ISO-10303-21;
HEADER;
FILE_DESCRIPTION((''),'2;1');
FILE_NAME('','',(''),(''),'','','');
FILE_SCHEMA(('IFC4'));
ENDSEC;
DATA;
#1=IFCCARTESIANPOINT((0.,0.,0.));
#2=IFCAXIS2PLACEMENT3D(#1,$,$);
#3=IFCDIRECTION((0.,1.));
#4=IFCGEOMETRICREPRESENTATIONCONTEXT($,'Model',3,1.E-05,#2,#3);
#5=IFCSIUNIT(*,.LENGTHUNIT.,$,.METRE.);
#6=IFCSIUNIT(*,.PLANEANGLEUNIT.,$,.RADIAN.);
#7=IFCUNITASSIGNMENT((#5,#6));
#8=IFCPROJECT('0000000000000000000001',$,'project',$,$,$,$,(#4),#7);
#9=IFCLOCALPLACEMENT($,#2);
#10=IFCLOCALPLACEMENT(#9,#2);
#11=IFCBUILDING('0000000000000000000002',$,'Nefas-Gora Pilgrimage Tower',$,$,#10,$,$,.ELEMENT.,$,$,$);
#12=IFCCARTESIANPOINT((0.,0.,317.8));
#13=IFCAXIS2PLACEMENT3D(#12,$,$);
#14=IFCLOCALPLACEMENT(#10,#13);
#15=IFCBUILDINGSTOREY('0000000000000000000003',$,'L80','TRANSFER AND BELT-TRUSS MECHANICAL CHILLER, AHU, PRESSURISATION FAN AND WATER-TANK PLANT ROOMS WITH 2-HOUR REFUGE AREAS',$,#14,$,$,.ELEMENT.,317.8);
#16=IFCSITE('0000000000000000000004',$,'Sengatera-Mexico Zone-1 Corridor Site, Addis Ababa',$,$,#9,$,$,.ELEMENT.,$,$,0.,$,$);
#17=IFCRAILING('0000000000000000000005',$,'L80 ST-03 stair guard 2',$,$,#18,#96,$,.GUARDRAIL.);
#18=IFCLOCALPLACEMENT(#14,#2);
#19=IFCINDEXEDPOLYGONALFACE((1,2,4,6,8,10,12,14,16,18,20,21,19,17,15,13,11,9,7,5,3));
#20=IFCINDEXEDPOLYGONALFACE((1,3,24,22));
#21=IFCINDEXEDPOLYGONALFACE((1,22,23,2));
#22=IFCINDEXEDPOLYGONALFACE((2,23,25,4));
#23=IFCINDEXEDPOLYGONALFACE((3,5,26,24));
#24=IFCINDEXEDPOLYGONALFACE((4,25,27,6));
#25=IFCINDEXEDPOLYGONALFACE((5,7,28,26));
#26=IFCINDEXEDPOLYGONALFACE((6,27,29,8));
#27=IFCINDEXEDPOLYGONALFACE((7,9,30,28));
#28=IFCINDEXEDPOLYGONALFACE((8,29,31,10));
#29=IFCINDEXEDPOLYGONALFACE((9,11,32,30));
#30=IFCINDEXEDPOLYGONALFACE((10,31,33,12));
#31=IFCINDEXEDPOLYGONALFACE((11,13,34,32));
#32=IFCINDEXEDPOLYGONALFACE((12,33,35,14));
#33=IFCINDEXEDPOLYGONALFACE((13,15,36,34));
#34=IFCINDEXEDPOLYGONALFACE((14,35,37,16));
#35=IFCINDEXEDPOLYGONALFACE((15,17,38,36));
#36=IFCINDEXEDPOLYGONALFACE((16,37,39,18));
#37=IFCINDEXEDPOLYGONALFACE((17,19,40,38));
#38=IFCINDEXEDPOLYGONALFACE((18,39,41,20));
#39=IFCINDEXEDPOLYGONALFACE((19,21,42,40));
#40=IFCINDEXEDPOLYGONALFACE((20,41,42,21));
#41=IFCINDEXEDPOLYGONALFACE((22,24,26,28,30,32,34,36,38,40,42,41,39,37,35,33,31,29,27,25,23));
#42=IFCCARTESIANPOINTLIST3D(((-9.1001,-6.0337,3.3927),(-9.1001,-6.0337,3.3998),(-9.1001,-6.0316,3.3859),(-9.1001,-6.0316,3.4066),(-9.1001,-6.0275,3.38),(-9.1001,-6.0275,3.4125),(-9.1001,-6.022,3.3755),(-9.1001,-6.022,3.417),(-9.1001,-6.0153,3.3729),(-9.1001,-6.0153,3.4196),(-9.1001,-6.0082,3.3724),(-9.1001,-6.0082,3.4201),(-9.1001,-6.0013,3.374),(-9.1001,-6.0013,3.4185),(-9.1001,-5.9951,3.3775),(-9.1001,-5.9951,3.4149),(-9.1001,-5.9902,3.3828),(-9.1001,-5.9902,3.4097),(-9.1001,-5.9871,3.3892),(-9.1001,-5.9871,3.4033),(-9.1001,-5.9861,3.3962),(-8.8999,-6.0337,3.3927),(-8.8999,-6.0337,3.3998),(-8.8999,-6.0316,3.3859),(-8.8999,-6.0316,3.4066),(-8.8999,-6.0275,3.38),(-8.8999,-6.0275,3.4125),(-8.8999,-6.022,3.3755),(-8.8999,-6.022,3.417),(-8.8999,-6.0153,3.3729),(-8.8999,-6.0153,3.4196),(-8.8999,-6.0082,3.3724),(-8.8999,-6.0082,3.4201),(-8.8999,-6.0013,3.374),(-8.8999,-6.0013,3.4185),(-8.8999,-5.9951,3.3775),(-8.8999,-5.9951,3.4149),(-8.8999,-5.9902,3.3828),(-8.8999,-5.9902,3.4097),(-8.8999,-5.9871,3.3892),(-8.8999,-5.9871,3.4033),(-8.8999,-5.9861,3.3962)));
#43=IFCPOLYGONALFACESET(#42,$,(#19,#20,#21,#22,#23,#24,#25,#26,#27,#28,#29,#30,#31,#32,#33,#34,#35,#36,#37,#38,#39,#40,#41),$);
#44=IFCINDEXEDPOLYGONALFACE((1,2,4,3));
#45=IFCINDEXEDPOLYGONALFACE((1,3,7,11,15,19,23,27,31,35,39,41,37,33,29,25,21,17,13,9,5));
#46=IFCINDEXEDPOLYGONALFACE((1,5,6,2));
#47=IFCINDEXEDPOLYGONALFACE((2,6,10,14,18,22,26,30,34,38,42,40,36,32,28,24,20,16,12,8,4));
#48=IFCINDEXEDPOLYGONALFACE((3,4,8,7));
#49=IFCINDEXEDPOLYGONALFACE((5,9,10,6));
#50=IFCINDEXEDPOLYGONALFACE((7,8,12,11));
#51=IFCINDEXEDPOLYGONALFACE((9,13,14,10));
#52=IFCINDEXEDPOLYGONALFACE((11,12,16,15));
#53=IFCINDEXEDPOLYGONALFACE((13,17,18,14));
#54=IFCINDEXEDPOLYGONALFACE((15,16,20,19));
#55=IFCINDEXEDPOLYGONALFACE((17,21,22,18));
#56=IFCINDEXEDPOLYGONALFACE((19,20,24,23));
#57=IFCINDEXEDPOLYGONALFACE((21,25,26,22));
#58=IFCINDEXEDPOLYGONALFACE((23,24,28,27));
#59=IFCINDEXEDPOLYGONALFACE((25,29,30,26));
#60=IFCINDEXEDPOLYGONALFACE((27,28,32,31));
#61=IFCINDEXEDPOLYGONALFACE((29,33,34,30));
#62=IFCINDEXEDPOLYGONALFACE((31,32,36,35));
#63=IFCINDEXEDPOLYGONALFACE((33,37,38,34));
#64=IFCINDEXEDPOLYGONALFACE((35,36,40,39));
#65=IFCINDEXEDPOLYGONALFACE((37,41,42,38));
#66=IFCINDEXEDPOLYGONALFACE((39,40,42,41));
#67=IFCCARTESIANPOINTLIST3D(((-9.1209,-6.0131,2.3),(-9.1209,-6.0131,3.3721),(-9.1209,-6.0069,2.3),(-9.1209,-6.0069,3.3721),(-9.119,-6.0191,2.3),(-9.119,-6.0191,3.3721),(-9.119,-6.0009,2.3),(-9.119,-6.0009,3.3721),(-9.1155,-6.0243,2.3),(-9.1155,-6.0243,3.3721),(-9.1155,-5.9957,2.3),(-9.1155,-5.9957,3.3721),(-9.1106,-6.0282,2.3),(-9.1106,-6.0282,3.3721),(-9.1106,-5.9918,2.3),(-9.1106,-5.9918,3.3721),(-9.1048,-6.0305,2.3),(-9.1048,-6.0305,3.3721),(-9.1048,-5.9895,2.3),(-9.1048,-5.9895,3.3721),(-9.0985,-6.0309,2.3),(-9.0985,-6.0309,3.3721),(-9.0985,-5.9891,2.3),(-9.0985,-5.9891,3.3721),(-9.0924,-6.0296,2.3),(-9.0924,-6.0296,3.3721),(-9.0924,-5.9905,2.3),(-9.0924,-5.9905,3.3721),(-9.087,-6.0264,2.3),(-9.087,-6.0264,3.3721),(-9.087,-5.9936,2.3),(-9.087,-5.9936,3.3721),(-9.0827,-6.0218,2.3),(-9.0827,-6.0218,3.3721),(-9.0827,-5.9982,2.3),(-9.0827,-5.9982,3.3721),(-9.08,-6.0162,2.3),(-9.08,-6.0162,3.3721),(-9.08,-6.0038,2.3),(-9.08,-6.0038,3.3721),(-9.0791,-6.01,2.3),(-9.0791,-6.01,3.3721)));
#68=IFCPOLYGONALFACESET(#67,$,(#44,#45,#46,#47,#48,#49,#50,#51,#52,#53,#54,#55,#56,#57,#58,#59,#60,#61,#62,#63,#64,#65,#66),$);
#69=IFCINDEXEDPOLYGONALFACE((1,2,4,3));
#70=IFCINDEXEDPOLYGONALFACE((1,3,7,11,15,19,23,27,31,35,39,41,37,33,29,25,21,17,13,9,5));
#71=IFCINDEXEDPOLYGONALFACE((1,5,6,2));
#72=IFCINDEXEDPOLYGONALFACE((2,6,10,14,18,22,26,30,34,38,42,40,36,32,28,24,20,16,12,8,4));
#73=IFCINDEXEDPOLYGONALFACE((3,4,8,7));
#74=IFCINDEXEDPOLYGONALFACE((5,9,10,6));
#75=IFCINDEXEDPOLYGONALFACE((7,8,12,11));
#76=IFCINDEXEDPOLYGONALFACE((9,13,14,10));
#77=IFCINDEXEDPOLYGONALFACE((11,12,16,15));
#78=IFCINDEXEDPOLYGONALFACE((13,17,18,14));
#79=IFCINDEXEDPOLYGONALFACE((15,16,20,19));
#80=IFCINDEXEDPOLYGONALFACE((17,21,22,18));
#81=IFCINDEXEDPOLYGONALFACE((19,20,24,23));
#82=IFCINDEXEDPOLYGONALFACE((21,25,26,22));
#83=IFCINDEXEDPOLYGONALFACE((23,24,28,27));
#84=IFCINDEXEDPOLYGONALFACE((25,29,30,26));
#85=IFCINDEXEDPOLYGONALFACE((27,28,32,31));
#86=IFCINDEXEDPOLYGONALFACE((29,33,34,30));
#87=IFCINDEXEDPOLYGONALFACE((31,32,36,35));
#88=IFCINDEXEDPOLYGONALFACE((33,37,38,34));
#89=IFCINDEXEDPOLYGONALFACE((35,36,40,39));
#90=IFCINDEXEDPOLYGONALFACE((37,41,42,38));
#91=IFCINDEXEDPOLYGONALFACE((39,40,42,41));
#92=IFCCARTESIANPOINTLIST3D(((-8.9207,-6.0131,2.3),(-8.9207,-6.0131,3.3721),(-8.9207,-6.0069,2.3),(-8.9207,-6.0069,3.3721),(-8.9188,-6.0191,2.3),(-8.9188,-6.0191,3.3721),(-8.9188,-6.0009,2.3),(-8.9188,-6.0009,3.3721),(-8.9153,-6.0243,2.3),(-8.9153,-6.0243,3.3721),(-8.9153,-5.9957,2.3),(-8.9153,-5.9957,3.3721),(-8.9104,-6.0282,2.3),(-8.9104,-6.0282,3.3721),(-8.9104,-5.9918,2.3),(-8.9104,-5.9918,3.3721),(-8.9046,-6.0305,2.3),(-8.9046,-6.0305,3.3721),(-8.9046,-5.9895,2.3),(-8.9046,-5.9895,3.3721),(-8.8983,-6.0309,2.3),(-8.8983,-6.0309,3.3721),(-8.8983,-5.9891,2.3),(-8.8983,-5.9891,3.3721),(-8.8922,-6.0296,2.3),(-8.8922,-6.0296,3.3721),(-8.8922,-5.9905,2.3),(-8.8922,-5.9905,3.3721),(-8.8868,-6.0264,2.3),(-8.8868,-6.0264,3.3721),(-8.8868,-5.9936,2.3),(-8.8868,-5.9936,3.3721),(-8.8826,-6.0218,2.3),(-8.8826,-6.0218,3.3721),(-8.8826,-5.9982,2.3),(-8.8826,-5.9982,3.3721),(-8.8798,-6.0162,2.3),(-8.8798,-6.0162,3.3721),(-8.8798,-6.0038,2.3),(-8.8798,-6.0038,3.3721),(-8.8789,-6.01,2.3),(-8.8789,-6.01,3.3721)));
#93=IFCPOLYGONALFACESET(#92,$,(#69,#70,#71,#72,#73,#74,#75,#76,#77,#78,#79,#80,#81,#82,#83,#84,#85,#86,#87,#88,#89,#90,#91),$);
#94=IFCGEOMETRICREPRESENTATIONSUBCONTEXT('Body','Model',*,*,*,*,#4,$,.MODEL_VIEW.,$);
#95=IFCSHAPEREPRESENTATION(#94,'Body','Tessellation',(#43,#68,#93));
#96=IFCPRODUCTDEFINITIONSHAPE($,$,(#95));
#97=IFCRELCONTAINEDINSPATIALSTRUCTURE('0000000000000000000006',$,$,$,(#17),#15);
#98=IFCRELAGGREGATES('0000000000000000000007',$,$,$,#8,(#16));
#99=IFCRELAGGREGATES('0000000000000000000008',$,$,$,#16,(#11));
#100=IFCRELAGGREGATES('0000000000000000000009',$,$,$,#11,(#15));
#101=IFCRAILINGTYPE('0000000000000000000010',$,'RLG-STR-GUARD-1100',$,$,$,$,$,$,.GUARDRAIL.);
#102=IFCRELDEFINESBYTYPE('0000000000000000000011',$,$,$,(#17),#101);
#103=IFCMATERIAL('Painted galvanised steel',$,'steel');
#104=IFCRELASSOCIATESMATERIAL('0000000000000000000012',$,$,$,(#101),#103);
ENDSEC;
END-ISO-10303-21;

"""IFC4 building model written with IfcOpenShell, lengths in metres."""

from ifc_helpers import new_model, si_unit, direction, frame, origin, origin_2d, place, context, subcontext, project, spatial, circle, extrude, material, type_object, element, save


model = new_model("IFC4")

# Units and contexts
model_context = context("Model", 3, precision=1e-05, world=origin(), true_north=direction((0.0, 1.0)))
body_context = subcontext(model_context, "Body", "Model", "MODEL_VIEW")
ifc_project = project(units=[si_unit("LENGTHUNIT", "METRE"), si_unit("PLANEANGLEUNIT", "RADIAN")], contexts=[model_context])

# Site, building, storey
site_placement = place(None, origin())
site = spatial("IfcSite", under=ifc_project, at=site_placement, Name="Sengatera-Mexico Zone-1 Corridor Site, Addis Ababa", CompositionType="ELEMENT", RefElevation=0.0)
building_placement = place(site_placement, origin())
building = spatial("IfcBuilding", under=site, at=building_placement, Name="Nefas-Gora Pilgrimage Tower", CompositionType="ELEMENT")
storey_placement = place(building_placement, frame((0.0, 0.0, 317.8)))
storey = spatial("IfcBuildingStorey", under=building, at=storey_placement, Name="L80", Description="TRANSFER AND BELT-TRUSS MECHANICAL CHILLER, AHU, PRESSURISATION FAN AND WATER-TANK PLANT ROOMS WITH 2-HOUR REFUGE AREAS", CompositionType="ELEMENT", Elevation=317.8)

# Railing
ifc_material_1 = material(Name="Painted galvanised steel", Category="steel")
railing_type_1 = type_object("IfcRailingType", Name="RLG-STR-GUARD-1100", PredefinedType="GUARDRAIL", material=ifc_material_1)
railing_1_placement = place(storey_placement, frame((-9.1001, -6.01, 2.3)))
element("IfcRailing", 1, at=railing_1_placement, inside=storey, type_object=railing_type_1, Name="L80 ST-03 stair guard 2", PredefinedType="GUARDRAIL", context=body_context, shape_type="SweptSolid", body=[
    extrude(circle(Radius=0.0239, at=origin_2d()), frame((0.0, 0.0, 1.0962), z_axis=(1.0, 0.0, 0.0), x_axis=(0.0, 1.0, 0.0)), (0.0, 0.0, 1.0), 0.2002),
    extrude(circle(Radius=0.021, at=origin_2d()), origin(), (0.0, 0.0, 1.0), 1.072),
    extrude(circle(Radius=0.021, at=origin_2d()), frame((0.2002, 0.0, 0.0)), (0.0, 0.0, 1.0), 1.072),
])

save(model, "model.ifc")
